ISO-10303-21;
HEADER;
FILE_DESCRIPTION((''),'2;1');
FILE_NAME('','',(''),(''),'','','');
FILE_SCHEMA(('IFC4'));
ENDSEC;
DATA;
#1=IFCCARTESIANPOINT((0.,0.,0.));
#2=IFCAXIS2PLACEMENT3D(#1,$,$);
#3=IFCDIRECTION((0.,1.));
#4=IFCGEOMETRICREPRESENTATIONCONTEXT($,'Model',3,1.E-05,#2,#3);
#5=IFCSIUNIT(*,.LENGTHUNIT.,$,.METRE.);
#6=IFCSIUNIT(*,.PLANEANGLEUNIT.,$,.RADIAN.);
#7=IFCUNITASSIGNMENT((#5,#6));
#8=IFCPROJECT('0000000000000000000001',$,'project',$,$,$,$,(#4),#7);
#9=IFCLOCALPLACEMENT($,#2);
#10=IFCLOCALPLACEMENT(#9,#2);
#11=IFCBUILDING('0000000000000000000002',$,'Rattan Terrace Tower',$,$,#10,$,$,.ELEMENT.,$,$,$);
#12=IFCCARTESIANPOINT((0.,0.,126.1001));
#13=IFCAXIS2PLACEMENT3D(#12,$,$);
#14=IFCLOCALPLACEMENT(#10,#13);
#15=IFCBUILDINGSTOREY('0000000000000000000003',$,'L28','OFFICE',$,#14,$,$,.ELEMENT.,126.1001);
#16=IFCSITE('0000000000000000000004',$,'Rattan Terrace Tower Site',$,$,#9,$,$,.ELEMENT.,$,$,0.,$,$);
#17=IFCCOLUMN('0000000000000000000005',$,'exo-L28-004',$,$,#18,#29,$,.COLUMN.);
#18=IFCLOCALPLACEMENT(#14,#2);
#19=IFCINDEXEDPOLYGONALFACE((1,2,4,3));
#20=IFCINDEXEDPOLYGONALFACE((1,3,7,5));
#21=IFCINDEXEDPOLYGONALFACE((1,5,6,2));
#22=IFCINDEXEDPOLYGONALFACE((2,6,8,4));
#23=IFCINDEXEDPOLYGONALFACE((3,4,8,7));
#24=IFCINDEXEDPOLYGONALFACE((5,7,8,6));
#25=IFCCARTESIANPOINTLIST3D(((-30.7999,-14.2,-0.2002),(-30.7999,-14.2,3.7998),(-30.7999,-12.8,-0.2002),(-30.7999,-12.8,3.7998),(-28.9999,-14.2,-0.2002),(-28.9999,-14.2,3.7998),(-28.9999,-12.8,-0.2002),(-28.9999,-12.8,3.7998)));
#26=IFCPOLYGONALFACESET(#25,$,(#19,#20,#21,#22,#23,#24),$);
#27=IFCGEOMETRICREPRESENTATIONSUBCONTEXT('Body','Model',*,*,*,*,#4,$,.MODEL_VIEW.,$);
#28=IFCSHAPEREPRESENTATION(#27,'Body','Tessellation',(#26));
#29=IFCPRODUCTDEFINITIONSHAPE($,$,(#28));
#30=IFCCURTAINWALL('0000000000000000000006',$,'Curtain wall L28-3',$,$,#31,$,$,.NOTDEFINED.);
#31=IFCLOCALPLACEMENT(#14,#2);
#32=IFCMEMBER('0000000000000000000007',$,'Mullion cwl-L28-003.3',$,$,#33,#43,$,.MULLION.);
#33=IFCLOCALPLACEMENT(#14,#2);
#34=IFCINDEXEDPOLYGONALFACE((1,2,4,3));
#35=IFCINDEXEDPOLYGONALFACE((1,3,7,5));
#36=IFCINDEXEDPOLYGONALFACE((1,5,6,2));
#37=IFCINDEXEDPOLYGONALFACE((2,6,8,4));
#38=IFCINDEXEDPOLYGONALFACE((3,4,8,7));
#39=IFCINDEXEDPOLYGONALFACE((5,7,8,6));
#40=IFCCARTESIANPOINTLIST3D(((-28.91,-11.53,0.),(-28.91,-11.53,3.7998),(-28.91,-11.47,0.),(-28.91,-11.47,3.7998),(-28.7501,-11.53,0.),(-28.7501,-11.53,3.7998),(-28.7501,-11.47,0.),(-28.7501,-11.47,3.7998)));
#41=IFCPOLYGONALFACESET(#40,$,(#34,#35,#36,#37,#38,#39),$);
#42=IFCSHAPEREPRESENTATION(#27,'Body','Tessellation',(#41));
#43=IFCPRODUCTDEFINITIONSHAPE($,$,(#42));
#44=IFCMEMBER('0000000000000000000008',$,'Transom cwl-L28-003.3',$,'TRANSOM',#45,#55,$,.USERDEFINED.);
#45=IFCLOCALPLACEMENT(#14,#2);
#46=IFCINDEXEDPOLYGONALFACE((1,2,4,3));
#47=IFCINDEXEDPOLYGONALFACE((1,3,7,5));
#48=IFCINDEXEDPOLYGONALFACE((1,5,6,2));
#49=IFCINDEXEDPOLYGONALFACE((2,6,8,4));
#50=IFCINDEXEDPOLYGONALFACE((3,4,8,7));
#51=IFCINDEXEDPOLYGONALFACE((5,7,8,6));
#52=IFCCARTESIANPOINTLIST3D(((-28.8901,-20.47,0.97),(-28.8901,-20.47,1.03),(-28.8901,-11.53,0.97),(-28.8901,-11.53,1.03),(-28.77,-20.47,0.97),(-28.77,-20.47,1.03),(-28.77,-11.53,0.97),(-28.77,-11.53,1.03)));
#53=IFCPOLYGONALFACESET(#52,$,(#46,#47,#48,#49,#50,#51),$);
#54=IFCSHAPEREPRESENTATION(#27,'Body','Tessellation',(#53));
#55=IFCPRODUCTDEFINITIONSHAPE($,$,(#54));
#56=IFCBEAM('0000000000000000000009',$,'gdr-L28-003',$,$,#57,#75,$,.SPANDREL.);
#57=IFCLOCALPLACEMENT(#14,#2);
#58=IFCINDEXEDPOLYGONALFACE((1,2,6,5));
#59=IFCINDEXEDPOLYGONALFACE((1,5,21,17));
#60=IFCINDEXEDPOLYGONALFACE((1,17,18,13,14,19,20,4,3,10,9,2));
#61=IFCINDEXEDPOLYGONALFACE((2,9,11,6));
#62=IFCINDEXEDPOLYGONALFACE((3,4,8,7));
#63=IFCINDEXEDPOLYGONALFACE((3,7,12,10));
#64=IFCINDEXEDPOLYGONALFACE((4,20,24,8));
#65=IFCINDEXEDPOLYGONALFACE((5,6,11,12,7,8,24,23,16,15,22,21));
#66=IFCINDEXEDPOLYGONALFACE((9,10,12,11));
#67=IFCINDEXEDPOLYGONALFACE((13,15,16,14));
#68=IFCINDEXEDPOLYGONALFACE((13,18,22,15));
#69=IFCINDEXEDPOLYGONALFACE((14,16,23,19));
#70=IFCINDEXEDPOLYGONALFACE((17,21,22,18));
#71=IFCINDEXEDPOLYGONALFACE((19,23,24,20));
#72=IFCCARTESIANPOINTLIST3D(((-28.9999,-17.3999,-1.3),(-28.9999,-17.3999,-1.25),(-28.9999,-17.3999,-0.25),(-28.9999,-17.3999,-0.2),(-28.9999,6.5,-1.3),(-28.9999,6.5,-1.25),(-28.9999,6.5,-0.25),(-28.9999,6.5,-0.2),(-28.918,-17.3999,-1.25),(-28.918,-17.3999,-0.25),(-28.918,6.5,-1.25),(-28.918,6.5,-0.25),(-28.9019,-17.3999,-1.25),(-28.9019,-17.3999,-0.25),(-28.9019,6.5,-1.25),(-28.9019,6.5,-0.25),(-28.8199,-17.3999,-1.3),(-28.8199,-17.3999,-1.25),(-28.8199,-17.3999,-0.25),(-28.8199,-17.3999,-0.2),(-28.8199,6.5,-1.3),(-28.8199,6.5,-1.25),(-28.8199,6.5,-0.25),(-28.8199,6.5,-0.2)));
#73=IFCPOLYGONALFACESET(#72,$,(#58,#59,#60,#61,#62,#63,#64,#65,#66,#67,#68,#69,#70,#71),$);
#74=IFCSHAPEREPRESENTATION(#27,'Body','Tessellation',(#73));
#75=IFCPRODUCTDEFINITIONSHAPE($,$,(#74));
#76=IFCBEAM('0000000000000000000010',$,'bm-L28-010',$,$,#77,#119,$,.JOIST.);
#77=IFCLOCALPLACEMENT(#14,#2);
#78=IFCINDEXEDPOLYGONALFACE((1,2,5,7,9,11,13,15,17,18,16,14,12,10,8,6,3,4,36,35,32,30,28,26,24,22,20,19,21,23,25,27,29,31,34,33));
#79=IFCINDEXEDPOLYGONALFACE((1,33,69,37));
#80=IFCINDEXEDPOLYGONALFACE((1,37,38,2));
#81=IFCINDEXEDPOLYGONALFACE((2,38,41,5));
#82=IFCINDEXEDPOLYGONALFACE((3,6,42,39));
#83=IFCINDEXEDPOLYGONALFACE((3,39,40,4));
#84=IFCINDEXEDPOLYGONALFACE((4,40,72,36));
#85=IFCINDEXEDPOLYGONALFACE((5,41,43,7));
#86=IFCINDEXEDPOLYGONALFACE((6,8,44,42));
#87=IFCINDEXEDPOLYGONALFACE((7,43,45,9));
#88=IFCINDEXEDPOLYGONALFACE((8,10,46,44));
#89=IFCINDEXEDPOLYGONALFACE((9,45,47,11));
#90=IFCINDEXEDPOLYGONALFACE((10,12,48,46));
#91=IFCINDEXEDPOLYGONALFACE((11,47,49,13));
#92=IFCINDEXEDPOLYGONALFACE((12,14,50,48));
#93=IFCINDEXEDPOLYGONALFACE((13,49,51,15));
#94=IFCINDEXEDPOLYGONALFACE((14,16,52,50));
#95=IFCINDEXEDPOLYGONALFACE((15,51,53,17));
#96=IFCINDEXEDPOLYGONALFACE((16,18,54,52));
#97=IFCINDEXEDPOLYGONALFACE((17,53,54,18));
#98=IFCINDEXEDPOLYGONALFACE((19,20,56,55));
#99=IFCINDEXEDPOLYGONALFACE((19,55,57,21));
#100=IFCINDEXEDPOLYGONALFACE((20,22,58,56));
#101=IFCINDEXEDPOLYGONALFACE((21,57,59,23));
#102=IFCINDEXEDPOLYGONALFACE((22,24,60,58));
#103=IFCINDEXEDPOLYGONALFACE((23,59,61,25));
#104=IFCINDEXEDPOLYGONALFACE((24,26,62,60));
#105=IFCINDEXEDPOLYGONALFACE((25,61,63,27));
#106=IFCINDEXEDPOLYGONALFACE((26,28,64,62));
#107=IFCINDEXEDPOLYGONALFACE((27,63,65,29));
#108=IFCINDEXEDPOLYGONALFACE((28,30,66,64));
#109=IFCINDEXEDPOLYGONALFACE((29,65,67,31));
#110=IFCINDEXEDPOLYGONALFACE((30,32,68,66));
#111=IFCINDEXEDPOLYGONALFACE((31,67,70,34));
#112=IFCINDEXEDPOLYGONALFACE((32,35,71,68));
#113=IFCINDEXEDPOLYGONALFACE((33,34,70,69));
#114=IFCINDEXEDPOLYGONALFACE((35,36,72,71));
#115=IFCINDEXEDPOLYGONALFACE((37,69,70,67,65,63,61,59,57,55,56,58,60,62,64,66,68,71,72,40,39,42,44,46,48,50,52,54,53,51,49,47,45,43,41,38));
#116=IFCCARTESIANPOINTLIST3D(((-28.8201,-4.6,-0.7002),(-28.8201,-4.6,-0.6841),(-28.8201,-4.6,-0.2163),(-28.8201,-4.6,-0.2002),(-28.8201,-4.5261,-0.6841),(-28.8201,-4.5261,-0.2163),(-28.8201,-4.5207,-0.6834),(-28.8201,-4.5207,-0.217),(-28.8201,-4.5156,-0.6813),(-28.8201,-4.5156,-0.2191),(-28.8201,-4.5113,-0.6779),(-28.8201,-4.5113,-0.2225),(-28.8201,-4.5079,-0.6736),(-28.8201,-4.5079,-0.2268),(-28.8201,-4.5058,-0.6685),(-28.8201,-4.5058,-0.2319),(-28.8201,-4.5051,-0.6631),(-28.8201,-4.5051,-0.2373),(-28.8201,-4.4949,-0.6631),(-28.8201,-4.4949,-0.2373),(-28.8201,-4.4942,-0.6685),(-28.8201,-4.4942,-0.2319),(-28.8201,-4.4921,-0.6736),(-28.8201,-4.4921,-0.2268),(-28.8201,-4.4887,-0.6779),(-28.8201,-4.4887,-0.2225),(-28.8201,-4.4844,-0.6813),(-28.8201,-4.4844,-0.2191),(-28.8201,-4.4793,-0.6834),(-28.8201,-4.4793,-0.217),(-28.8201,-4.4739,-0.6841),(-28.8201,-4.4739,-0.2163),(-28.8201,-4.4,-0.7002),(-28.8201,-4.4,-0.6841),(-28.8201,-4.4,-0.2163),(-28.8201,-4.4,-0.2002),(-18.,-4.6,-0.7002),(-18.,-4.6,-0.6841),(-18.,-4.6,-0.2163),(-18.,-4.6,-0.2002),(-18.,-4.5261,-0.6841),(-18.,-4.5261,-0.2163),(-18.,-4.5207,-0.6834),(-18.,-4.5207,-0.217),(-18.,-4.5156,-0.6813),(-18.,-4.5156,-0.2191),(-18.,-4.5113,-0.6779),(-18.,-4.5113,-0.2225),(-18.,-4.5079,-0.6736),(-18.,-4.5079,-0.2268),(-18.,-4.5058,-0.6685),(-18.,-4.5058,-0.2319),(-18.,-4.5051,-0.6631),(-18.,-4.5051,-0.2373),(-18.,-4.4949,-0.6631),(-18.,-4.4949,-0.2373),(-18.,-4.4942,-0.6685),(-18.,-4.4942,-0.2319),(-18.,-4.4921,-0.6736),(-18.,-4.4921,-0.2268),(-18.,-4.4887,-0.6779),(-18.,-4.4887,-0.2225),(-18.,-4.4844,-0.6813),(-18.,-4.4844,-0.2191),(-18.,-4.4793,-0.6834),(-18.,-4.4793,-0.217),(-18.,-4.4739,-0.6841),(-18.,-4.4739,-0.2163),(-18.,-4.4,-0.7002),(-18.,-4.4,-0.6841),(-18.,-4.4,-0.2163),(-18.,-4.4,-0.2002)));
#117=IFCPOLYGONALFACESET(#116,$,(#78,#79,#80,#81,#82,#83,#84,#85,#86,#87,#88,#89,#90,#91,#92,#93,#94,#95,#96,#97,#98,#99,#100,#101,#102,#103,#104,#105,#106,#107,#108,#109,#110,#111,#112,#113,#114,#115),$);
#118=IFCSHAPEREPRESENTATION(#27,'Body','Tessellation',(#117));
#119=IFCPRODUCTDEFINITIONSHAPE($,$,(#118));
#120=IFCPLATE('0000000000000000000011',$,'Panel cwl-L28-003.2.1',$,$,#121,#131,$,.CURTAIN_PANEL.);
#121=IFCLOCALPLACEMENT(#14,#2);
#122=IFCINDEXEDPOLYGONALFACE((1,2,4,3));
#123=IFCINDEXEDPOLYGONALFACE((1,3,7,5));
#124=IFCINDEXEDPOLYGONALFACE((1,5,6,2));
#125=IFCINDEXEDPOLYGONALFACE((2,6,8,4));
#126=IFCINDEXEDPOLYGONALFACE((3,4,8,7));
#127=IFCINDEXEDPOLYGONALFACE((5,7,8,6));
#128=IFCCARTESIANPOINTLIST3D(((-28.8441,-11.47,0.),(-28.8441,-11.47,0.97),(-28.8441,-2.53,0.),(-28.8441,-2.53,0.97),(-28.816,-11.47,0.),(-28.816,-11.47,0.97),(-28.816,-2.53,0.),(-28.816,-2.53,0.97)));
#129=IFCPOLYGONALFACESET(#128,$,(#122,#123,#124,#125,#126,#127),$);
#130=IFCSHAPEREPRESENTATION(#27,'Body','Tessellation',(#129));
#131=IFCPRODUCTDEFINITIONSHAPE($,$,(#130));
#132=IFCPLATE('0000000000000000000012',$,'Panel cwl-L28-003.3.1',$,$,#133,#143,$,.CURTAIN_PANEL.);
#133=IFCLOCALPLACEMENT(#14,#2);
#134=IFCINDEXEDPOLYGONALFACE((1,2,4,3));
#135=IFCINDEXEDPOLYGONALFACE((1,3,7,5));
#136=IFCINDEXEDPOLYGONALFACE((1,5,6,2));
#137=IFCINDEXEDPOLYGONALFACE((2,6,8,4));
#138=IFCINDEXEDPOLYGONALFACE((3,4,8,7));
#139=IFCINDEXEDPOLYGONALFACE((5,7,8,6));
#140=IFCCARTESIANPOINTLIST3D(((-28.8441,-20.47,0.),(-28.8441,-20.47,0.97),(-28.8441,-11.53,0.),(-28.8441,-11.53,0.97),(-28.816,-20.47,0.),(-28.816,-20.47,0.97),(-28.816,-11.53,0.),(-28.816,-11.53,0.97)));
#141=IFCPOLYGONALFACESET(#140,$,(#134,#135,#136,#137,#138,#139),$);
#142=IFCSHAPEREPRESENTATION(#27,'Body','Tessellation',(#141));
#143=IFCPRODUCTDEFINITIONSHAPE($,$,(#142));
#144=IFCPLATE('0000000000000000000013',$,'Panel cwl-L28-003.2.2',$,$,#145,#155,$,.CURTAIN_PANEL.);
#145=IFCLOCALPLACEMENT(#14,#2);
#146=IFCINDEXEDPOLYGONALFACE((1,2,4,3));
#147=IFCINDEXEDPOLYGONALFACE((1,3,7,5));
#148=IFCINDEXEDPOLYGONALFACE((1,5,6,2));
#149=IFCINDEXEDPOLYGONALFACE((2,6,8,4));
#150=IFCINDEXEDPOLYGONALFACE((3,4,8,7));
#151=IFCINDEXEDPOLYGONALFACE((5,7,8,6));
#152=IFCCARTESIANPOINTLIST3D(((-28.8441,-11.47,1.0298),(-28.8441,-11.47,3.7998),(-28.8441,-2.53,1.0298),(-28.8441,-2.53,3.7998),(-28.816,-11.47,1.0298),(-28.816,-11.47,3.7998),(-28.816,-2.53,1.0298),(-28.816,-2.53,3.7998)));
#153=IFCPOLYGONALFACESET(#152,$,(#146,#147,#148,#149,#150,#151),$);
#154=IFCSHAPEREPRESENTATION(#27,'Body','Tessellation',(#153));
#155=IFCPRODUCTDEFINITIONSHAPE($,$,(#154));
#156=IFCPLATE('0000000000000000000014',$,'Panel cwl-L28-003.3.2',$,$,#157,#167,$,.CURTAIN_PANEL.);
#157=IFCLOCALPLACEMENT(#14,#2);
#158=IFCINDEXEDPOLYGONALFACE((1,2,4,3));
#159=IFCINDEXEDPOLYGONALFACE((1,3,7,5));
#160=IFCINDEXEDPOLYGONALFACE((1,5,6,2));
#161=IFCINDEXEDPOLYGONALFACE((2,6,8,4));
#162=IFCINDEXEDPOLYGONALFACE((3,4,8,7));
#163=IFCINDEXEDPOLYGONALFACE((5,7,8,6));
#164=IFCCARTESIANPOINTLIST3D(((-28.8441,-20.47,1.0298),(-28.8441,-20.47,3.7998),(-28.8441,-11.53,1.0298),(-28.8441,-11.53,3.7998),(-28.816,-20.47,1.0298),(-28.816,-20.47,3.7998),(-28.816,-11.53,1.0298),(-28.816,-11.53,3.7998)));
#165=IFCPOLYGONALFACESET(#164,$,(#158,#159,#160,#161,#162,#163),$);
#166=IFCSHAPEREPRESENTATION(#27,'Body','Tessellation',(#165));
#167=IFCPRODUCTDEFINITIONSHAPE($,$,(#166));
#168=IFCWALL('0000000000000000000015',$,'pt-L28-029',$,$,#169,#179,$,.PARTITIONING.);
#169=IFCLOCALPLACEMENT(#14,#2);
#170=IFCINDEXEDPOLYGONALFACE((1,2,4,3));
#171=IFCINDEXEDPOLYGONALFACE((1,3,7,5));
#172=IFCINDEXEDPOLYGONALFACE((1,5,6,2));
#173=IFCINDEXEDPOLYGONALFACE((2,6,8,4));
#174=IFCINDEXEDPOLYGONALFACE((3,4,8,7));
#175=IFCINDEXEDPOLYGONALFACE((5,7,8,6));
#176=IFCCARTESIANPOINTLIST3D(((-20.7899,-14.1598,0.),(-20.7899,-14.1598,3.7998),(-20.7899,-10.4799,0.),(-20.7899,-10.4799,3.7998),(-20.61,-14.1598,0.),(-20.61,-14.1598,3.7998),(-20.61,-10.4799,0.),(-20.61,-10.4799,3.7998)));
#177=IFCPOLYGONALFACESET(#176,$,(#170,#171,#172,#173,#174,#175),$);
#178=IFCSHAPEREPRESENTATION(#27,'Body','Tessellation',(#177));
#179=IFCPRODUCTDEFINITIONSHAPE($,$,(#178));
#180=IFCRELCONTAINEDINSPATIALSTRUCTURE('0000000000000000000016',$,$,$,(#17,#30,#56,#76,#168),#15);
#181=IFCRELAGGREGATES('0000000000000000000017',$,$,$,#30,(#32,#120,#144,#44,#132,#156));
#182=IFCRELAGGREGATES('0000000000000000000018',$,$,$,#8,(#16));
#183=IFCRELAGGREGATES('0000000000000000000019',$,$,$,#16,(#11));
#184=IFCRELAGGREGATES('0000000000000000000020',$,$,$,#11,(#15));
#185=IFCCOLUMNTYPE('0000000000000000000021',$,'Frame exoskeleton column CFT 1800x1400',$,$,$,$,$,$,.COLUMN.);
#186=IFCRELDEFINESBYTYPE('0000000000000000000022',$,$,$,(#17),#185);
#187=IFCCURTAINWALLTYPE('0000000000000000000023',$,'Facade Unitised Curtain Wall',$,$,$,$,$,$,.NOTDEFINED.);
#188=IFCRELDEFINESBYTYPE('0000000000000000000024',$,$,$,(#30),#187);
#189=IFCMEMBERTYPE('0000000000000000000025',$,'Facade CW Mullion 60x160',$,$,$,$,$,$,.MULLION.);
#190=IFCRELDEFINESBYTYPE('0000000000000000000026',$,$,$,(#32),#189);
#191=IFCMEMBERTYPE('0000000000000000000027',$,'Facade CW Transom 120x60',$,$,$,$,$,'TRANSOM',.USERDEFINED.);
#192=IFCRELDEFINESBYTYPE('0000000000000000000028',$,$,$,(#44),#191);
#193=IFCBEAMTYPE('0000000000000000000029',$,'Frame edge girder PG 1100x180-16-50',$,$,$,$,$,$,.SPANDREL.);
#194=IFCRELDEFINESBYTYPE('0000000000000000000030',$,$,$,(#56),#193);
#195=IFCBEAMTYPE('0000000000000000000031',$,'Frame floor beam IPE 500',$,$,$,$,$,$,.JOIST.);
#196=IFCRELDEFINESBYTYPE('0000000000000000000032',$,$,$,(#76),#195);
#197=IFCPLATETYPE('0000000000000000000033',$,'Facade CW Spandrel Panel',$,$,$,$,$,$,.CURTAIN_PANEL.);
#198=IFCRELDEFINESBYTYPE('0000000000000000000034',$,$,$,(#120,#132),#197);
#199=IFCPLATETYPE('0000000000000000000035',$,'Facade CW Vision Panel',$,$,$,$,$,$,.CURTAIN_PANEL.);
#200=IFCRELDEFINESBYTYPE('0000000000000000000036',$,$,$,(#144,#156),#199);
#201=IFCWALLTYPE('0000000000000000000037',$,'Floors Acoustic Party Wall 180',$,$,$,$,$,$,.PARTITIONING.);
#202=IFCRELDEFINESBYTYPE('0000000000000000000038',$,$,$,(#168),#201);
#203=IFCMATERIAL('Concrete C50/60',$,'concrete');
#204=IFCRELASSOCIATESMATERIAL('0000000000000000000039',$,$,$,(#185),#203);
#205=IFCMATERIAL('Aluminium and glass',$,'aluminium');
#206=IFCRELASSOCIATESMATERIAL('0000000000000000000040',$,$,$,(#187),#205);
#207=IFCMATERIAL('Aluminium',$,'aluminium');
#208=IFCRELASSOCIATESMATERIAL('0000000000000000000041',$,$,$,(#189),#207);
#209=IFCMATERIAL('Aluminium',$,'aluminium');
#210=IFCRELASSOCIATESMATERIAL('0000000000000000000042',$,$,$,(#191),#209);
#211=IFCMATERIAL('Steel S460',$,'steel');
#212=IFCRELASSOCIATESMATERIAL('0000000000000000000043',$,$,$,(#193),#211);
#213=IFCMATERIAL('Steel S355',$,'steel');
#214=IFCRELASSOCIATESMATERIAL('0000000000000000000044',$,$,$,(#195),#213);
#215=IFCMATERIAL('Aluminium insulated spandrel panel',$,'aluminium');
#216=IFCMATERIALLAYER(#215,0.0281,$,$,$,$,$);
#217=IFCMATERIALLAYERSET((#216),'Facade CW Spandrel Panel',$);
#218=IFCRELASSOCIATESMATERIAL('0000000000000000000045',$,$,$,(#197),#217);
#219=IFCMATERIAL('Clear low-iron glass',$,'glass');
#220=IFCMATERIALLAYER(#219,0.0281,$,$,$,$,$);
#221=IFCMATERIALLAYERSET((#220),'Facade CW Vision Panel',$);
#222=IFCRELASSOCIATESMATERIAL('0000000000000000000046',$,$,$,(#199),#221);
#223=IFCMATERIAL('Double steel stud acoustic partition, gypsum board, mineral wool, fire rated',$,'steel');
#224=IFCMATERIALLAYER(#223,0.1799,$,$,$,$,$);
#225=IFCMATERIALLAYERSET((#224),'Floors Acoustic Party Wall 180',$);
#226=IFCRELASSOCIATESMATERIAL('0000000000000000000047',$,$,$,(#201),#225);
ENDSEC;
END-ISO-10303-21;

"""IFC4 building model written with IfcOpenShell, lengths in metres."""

from ifc_helpers import new_model, si_unit, direction, frame, frame_2d, origin, origin_2d, place, context, subcontext, project, spatial, rectangle, i_section, extrude, material, layer, layer_set, material_profile, profile_set, type_object, element, aggregate, save


model = new_model("IFC4")

# Units and contexts
model_context = context("Model", 3, precision=1e-05, world=origin(), true_north=direction((0.0, 1.0)))
body_context = subcontext(model_context, "Body", "Model", "MODEL_VIEW")
ifc_project = project(units=[si_unit("LENGTHUNIT", "METRE"), si_unit("PLANEANGLEUNIT", "RADIAN")], contexts=[model_context])

# Site, building, storey
site_placement = place(None, origin())
site = spatial("IfcSite", under=ifc_project, at=site_placement, Name="Rattan Terrace Tower Site", CompositionType="ELEMENT", RefElevation=0.0)
building_placement = place(site_placement, origin())
building = spatial("IfcBuilding", under=site, at=building_placement, Name="Rattan Terrace Tower", CompositionType="ELEMENT")
storey_placement = place(building_placement, frame((0.0, 0.0, 126.1001)))
storey = spatial("IfcBuildingStorey", under=building, at=storey_placement, Name="L28", Description="OFFICE", CompositionType="ELEMENT", Elevation=126.1001)

# Column
ifc_material_1 = material(Name="Concrete C50/60", Category="concrete")
ifc_material_profile_1 = material_profile(ifc_material_1, rectangle(XDim=1.3999, YDim=1.8, at=origin_2d()), Name="CFT 1800x1400")
ifc_profile_set_1 = profile_set([ifc_material_profile_1], Name="Concrete C50/60")
column_type = type_object("IfcColumnType", Name="Frame exoskeleton column CFT 1800x1400", PredefinedType="COLUMN", material=ifc_profile_set_1)
column_placement = place(storey_placement, frame((-29.8999, -13.5, -0.2002), z_axis=(0.0, 0.0, 1.0), x_axis=(0.0, 1.0, 0.0)))
element("IfcColumn", 1, at=column_placement, inside=storey, type_object=column_type, Name="exo-L28-004", PredefinedType="COLUMN", context=body_context, shape_type="SweptSolid", body=[
    extrude(rectangle(XDim=1.3999, YDim=1.8, at=origin_2d()), origin(), (0.0, 0.0, 1.0), 4.0),
])

# Curtain wall, members
ifc_material_2 = material(Name="Aluminium and glass", Category="aluminium")
curtain_wall_type = type_object("IfcCurtainWallType", Name="Facade Unitised Curtain Wall", PredefinedType="NOTDEFINED", material=ifc_material_2)
curtain_wall_placement = place(storey_placement, origin())
curtain_wall = element("IfcCurtainWall", 2, at=curtain_wall_placement, inside=storey, type_object=curtain_wall_type, Name="Curtain wall L28-3", PredefinedType="NOTDEFINED")
ifc_material_3 = material(Name="Aluminium", Category="aluminium")
ifc_material_profile_2 = material_profile(ifc_material_3, rectangle(XDim=0.0601, YDim=0.1599, at=origin_2d()), Name="Aluminium 60x160")
ifc_profile_set_2 = profile_set([ifc_material_profile_2], Name="Aluminium")
member_type_1 = type_object("IfcMemberType", Name="Facade CW Mullion 60x160", PredefinedType="MULLION", material=ifc_profile_set_2)
member_1_placement = place(storey_placement, frame((-28.8301, -11.5, 0.0), z_axis=(0.0, 0.0, 1.0), x_axis=(0.0, -1.0, 0.0)))
member_1 = element("IfcMember", 3, at=member_1_placement, type_object=member_type_1, Name="Mullion cwl-L28-003.3", PredefinedType="MULLION", context=body_context, shape_type="SweptSolid", body=[
    extrude(rectangle(XDim=0.0601, YDim=0.1599, at=origin_2d()), origin(), (0.0, 0.0, 1.0), 3.7998),
])
ifc_material_4 = material(Name="Aluminium", Category="aluminium")
ifc_material_profile_3 = material_profile(ifc_material_4, rectangle(XDim=0.1201, YDim=0.0601, at=origin_2d()), Name="Aluminium 120x60")
ifc_profile_set_3 = profile_set([ifc_material_profile_3], Name="Aluminium")
member_type_2 = type_object("IfcMemberType", Name="Facade CW Transom 120x60", ElementType="TRANSOM", PredefinedType="USERDEFINED", material=ifc_profile_set_3)
member_2_placement = place(storey_placement, frame((-28.8301, -11.53, 1.0), z_axis=(0.0, -1.0, 0.0), x_axis=(1.0, 0.0, 0.0)))
member_2 = element("IfcMember", 4, at=member_2_placement, type_object=member_type_2, Name="Transom cwl-L28-003.3", ObjectType="TRANSOM", PredefinedType="USERDEFINED", context=body_context, shape_type="SweptSolid", body=[
    extrude(rectangle(XDim=0.1201, YDim=0.0601, at=origin_2d()), origin(), (0.0, 0.0, 1.0), 8.9399),
])

# Beams
ifc_material_5 = material(Name="Steel S460", Category="steel")
ifc_material_profile_4 = material_profile(ifc_material_5, i_section(OverallWidth=0.1799, OverallDepth=1.1001, WebThickness=0.0161, FlangeThickness=0.05, at=origin_2d()), Name="PG 1100x180-16-50")
ifc_profile_set_4 = profile_set([ifc_material_profile_4], Name="Steel S460")
beam_type_1 = type_object("IfcBeamType", Name="Frame edge girder PG 1100x180-16-50", PredefinedType="SPANDREL", material=ifc_profile_set_4)
beam_1_placement = place(storey_placement, frame((-28.9099, -17.3999, -0.75), z_axis=(0.0, 1.0, 0.0), x_axis=(-1.0, 0.0, 0.0)))
element("IfcBeam", 5, at=beam_1_placement, inside=storey, type_object=beam_type_1, Name="gdr-L28-003", PredefinedType="SPANDREL", context=body_context, shape_type="SweptSolid", body=[
    extrude(i_section(OverallWidth=0.1799, OverallDepth=1.1001, WebThickness=0.0161, FlangeThickness=0.05, at=origin_2d()), origin(), (0.0, 0.0, 1.0), 23.8999),
])
ifc_material_6 = material(Name="Steel S355", Category="steel")
ifc_material_profile_5 = material_profile(ifc_material_6, i_section(OverallWidth=0.2, OverallDepth=0.5, WebThickness=0.0103, FlangeThickness=0.0161, FilletRadius=0.021, at=origin_2d()), Name="IPE 500")
ifc_profile_set_5 = profile_set([ifc_material_profile_5], Name="Steel S355")
beam_type_2 = type_object("IfcBeamType", Name="Frame floor beam IPE 500", PredefinedType="JOIST", material=ifc_profile_set_5)
beam_2_placement = place(storey_placement, frame((-28.8201, -4.5, -0.4502), z_axis=(1.0, 0.0, 0.0), x_axis=(0.0, 1.0, 0.0)))
element("IfcBeam", 6, at=beam_2_placement, inside=storey, type_object=beam_type_2, Name="bm-L28-010", PredefinedType="JOIST", context=body_context, shape_type="SweptSolid", body=[
    extrude(i_section(OverallWidth=0.2, OverallDepth=0.5, WebThickness=0.0103, FlangeThickness=0.0161, FilletRadius=0.021, at=origin_2d()), origin(), (0.0, 0.0, 1.0), 10.8201),
])

# Plates
ifc_material_7 = material(Name="Aluminium insulated spandrel panel", Category="aluminium")
ifc_layer_1 = layer(ifc_material_7, 0.0281)
ifc_layer_set_1 = layer_set([ifc_layer_1], Name="Facade CW Spandrel Panel")
plate_type_1 = type_object("IfcPlateType", Name="Facade CW Spandrel Panel", PredefinedType="CURTAIN_PANEL", material=ifc_layer_set_1)
plate_1_placement = place(storey_placement, frame((-28.8301, -7.0, 0.0), z_axis=(0.0, 0.0, 1.0), x_axis=(0.0, -1.0, 0.0)))
plate_1 = element("IfcPlate", 7, at=plate_1_placement, type_object=plate_type_1, Name="Panel cwl-L28-003.2.1", PredefinedType="CURTAIN_PANEL", context=body_context, shape_type="SweptSolid", body=[
    extrude(rectangle(XDim=8.9399, YDim=0.0281, at=origin_2d()), origin(), (0.0, 0.0, 1.0), 0.97),
])
plate_2_placement = place(storey_placement, frame((-28.8301, -16.0, 0.0), z_axis=(0.0, 0.0, 1.0), x_axis=(0.0, -1.0, 0.0)))
plate_2 = element("IfcPlate", 8, at=plate_2_placement, type_object=plate_type_1, Name="Panel cwl-L28-003.3.1", PredefinedType="CURTAIN_PANEL", context=body_context, shape_type="SweptSolid", body=[
    extrude(rectangle(XDim=8.9399, YDim=0.0281, at=origin_2d()), origin(), (0.0, 0.0, 1.0), 0.97),
])
ifc_material_8 = material(Name="Clear low-iron glass", Category="glass")
ifc_layer_2 = layer(ifc_material_8, 0.0281)
ifc_layer_set_2 = layer_set([ifc_layer_2], Name="Facade CW Vision Panel")
plate_type_2 = type_object("IfcPlateType", Name="Facade CW Vision Panel", PredefinedType="CURTAIN_PANEL", material=ifc_layer_set_2)
plate_3_placement = place(storey_placement, frame((-28.8301, -7.0, 1.0298), z_axis=(0.0, 0.0, 1.0), x_axis=(0.0, -1.0, 0.0)))
plate_3 = element("IfcPlate", 9, at=plate_3_placement, type_object=plate_type_2, Name="Panel cwl-L28-003.2.2", PredefinedType="CURTAIN_PANEL", context=body_context, shape_type="SweptSolid", body=[
    extrude(rectangle(XDim=8.9399, YDim=0.0281, at=origin_2d()), origin(), (0.0, 0.0, 1.0), 2.77),
])
plate_4_placement = place(storey_placement, frame((-28.8301, -16.0, 1.0298), z_axis=(0.0, 0.0, 1.0), x_axis=(0.0, -1.0, 0.0)))
plate_4 = element("IfcPlate", 10, at=plate_4_placement, type_object=plate_type_2, Name="Panel cwl-L28-003.3.2", PredefinedType="CURTAIN_PANEL", context=body_context, shape_type="SweptSolid", body=[
    extrude(rectangle(XDim=8.9399, YDim=0.0281, at=origin_2d()), origin(), (0.0, 0.0, 1.0), 2.77),
])
aggregate(curtain_wall, [member_1, plate_1, plate_3, member_2, plate_2, plate_4])

# Wall
ifc_material_9 = material(Name="Double steel stud acoustic partition, gypsum board, mineral wool, fire rated", Category="steel")
ifc_layer_3 = layer(ifc_material_9, 0.1799)
ifc_layer_set_3 = layer_set([ifc_layer_3], Name="Floors Acoustic Party Wall 180")
wall_type_1 = type_object("IfcWallType", Name="Floors Acoustic Party Wall 180", PredefinedType="PARTITIONING", material=ifc_layer_set_3)
wall_1_placement = place(storey_placement, frame((-20.7, -10.48, 0.0), z_axis=(0.0, 0.0, 1.0), x_axis=(0.0, -1.0, 0.0)))
element("IfcWall", 11, at=wall_1_placement, inside=storey, type_object=wall_type_1, Name="pt-L28-029", PredefinedType="PARTITIONING", context=body_context, shape_type="SweptSolid", body=[
    extrude(rectangle(XDim=3.6799, YDim=0.1799, at=frame_2d((1.8398, 0.0))), origin(), (0.0, 0.0, 1.0), 3.7998),
])

save(model, "model.ifc")
